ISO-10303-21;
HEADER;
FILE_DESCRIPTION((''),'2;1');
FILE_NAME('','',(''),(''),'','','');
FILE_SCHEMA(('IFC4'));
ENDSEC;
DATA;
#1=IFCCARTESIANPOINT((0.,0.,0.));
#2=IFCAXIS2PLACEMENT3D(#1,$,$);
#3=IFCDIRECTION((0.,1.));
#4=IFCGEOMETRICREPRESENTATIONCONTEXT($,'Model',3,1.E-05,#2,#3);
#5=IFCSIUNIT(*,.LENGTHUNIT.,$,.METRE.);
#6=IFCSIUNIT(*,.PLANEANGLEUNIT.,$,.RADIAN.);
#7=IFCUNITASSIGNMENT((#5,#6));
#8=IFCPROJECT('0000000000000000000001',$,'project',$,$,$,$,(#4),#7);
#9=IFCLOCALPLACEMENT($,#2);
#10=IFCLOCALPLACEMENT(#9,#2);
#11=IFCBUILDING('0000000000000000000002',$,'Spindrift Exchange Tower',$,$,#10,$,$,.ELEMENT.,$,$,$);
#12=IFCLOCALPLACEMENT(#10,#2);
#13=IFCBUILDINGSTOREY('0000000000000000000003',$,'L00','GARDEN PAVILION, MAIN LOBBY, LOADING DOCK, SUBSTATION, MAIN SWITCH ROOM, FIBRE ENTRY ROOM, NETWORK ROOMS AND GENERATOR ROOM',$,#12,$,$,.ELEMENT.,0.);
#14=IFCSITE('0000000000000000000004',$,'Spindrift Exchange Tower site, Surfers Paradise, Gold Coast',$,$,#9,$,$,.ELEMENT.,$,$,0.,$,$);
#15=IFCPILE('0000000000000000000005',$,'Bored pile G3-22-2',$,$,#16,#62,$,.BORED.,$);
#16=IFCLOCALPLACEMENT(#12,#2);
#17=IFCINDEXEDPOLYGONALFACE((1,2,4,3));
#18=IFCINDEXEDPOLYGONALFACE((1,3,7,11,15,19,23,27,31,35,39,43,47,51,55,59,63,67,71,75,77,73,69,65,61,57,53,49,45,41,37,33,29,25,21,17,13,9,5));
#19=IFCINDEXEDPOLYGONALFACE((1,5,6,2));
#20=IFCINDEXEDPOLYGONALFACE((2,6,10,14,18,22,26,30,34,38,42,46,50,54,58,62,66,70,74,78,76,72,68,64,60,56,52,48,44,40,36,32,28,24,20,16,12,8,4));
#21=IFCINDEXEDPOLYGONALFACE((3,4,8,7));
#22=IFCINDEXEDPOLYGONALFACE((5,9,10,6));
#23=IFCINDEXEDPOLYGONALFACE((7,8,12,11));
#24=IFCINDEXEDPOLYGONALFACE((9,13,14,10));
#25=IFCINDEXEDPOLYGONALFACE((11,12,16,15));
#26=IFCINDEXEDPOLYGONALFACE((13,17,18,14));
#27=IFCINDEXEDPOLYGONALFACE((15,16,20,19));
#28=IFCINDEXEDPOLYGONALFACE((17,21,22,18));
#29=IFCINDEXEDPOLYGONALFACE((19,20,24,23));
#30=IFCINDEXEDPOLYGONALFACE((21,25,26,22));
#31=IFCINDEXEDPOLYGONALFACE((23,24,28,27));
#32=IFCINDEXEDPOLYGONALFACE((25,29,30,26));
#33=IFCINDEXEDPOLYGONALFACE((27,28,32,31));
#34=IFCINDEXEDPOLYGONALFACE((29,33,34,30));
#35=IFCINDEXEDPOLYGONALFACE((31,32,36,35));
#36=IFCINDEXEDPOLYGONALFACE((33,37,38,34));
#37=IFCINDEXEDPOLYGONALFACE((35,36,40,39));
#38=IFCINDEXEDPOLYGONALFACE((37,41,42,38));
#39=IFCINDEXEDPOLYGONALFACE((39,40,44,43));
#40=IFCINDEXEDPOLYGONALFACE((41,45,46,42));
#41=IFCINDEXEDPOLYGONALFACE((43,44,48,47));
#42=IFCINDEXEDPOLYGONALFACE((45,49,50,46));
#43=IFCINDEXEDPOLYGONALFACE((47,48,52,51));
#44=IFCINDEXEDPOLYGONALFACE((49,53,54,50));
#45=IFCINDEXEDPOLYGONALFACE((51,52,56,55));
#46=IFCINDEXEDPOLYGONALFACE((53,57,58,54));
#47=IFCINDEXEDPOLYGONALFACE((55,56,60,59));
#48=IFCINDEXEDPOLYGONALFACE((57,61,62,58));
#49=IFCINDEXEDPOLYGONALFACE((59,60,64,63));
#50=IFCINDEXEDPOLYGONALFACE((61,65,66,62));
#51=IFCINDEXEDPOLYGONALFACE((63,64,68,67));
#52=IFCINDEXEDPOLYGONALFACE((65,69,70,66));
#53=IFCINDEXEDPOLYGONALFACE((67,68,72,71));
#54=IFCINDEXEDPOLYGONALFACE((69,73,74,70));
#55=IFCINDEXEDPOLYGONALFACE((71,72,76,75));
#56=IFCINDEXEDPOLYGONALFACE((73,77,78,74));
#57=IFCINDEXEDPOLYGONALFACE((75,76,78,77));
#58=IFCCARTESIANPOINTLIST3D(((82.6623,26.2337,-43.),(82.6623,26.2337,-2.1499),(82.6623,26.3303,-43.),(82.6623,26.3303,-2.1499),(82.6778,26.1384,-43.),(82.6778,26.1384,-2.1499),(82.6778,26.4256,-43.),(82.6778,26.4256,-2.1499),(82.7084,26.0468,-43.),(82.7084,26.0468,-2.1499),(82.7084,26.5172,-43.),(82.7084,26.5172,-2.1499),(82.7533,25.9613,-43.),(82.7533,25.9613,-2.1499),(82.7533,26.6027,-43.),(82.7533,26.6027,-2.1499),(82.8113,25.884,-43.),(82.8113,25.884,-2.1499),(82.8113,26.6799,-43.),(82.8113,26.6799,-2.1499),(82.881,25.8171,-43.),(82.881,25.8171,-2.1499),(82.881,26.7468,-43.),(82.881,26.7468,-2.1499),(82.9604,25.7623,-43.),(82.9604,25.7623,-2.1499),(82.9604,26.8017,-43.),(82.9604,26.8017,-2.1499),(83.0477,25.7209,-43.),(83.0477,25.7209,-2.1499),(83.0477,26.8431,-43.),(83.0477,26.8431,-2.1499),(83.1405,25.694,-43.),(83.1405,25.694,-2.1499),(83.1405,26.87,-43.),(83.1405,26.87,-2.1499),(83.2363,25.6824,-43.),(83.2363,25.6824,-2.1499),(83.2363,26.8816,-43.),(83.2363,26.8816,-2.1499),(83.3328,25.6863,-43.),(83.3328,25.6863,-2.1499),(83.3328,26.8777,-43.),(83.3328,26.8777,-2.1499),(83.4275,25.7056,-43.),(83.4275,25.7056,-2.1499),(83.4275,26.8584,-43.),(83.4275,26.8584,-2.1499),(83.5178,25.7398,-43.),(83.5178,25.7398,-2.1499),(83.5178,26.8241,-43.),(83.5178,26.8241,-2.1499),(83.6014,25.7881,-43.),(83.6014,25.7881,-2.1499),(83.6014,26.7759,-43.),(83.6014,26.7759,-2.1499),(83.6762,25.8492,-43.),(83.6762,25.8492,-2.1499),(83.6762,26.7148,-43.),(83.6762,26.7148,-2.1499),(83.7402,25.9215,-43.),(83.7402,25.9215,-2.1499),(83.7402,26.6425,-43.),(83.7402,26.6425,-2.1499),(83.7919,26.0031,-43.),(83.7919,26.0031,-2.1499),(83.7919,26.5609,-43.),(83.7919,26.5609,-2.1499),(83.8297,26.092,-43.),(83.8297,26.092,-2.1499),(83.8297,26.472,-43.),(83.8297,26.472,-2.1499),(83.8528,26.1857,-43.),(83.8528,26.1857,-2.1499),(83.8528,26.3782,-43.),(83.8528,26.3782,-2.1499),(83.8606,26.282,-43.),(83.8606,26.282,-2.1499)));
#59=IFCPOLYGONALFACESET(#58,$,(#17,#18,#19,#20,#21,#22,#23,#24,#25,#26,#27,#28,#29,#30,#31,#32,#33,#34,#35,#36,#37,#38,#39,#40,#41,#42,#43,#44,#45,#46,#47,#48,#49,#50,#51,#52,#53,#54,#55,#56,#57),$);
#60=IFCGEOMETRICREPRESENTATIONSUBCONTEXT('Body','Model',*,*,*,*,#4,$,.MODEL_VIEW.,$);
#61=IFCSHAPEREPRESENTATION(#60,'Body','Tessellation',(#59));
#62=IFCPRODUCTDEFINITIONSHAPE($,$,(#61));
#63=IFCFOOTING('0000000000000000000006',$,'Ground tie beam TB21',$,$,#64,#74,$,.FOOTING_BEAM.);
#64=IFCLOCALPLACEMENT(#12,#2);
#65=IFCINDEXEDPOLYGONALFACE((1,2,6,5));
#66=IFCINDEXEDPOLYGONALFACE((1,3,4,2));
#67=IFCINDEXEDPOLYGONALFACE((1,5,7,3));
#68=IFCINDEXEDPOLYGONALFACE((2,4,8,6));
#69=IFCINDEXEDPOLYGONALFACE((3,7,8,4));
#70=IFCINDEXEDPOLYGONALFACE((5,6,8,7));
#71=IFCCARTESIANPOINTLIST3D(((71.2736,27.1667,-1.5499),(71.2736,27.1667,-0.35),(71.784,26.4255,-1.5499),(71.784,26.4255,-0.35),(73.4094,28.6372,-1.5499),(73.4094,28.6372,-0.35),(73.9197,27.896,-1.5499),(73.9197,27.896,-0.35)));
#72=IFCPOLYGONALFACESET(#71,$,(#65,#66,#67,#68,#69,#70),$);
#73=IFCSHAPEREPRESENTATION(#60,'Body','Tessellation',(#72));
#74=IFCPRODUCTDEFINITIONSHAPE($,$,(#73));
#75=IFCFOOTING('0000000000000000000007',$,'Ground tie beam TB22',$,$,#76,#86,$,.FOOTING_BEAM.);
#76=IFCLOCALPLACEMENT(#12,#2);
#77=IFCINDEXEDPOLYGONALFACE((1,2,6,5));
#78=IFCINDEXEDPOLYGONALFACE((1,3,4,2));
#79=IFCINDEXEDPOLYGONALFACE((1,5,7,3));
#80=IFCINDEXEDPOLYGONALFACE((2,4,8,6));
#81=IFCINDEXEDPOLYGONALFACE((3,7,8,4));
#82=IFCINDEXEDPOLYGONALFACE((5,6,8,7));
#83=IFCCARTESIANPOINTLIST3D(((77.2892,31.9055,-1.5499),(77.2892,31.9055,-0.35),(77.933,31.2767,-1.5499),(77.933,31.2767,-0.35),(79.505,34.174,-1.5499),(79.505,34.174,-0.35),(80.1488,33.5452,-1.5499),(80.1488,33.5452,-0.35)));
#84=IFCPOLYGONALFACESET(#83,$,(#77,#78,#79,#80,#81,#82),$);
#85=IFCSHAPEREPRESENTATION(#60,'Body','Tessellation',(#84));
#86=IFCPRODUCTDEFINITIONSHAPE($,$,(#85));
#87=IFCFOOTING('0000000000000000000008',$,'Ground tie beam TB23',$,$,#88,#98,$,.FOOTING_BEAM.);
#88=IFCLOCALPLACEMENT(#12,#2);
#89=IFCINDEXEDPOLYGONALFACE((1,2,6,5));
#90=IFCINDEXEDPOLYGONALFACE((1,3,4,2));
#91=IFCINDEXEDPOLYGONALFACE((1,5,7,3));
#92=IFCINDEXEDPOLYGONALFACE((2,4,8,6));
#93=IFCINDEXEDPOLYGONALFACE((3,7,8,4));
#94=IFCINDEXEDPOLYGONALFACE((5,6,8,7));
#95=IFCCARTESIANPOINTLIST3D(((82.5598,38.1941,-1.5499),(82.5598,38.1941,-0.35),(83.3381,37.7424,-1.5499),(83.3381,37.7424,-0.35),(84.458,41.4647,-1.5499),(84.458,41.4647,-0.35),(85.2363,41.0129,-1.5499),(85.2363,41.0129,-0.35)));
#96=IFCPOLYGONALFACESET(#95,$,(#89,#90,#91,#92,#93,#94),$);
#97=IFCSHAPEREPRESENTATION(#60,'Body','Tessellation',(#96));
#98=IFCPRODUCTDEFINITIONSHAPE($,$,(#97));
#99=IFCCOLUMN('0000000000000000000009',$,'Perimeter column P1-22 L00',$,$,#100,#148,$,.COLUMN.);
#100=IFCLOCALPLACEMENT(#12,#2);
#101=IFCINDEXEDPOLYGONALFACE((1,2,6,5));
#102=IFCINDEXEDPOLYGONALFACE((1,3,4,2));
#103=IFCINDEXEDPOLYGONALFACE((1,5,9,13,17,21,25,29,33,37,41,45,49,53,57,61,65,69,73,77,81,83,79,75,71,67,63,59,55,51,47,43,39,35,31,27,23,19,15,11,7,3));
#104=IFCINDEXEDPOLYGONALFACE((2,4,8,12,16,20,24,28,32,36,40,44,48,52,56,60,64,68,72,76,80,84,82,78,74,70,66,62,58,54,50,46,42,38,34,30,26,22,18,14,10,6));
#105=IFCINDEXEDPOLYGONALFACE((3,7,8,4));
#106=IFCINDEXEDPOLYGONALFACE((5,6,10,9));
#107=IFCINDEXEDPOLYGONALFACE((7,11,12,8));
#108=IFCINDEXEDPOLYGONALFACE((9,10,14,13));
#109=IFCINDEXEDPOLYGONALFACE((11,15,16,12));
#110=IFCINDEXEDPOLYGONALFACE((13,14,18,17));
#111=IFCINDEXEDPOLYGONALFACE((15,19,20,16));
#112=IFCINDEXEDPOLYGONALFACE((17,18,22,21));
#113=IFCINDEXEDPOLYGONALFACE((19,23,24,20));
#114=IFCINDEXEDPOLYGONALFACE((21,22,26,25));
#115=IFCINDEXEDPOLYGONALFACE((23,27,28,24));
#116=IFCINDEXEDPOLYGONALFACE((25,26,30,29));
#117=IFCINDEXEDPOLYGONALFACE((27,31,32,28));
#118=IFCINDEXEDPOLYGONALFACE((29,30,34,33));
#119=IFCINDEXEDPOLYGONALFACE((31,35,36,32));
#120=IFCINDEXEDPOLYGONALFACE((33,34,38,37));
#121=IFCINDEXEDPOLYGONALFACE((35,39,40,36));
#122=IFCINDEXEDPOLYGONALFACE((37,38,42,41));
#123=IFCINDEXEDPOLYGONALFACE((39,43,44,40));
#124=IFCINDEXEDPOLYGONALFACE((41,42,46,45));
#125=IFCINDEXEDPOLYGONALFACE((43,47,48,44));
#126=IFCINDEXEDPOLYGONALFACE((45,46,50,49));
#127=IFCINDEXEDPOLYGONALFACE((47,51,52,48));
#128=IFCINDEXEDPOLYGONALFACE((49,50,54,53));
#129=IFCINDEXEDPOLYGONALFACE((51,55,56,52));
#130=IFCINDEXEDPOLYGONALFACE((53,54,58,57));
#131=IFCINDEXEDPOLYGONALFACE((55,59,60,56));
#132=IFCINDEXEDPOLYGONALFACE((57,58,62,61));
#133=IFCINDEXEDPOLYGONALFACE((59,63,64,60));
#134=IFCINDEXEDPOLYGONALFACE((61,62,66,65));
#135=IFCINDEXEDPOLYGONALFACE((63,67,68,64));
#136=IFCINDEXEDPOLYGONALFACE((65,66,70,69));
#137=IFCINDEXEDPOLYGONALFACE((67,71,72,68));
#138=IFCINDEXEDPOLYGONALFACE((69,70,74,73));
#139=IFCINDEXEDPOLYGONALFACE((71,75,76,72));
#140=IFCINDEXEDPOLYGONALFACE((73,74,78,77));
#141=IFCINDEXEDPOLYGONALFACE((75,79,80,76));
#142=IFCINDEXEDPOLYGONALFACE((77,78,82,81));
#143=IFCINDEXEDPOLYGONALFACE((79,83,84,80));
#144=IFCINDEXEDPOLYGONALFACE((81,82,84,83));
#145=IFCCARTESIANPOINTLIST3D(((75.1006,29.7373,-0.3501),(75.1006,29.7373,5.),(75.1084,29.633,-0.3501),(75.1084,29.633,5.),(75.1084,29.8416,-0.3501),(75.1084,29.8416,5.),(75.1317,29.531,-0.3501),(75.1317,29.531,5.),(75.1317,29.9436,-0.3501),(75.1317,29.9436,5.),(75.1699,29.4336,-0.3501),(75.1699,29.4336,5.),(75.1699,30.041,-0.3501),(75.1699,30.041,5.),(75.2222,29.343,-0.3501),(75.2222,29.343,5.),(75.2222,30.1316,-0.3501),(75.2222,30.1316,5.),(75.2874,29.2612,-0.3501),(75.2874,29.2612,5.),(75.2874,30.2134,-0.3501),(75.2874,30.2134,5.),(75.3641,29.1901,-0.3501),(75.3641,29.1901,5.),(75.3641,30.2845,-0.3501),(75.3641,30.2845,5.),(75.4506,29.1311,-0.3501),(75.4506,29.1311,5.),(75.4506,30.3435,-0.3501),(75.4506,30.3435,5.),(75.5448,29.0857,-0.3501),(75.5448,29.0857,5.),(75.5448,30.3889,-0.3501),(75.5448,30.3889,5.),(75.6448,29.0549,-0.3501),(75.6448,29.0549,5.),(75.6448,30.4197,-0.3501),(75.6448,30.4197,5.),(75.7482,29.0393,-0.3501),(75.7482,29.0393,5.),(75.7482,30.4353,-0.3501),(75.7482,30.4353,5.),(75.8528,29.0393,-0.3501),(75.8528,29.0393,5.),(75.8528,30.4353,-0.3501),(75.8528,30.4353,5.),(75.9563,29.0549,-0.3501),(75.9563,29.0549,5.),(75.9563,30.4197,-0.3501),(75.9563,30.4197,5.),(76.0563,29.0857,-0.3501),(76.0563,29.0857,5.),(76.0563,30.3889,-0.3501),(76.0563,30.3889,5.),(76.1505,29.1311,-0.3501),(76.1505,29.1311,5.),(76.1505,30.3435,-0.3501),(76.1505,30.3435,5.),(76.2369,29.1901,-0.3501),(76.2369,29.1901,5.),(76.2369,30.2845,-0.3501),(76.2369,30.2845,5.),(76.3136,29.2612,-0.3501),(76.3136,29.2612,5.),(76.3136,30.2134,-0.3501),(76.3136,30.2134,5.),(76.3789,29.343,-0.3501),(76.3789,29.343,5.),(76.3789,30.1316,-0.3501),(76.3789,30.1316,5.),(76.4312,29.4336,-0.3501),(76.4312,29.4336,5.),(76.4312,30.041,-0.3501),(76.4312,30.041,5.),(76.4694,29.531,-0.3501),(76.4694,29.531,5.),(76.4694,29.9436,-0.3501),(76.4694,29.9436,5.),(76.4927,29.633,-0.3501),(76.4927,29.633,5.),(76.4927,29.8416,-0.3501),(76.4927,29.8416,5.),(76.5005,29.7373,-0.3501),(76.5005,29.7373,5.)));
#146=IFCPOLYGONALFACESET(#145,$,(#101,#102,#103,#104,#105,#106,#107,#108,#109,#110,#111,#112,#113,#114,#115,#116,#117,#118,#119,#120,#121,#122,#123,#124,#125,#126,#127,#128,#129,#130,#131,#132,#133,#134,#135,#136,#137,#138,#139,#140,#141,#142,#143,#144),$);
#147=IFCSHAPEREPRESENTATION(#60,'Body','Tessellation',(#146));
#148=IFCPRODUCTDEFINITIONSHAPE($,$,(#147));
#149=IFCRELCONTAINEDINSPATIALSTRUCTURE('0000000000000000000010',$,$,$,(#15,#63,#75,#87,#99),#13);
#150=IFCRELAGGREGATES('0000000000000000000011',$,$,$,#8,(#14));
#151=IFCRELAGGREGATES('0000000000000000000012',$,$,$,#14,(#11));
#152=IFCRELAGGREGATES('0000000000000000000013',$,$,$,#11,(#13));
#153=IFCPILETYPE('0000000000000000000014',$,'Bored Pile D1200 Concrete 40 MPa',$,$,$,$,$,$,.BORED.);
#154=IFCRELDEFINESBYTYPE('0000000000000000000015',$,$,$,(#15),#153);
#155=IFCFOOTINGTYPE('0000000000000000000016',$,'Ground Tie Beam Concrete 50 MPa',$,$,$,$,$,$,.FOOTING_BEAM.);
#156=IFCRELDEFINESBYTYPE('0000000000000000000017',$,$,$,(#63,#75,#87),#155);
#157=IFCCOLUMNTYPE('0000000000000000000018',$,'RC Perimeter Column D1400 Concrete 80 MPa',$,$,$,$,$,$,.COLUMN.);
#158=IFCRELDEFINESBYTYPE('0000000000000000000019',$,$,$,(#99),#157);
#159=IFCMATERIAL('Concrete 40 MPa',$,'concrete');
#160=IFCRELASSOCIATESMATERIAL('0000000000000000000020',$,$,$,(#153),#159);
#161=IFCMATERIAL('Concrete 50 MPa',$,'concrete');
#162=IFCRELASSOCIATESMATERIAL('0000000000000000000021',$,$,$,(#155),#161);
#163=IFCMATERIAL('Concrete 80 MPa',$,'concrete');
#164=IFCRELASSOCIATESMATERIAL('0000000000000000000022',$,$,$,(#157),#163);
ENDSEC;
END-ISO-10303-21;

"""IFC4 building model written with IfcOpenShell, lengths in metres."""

from ifc_helpers import new_model, si_unit, direction, frame, origin, origin_2d, place, context, subcontext, project, spatial, rectangle, circle, extrude, source, transform, mapped, material, material_profile, profile_set, type_object, element, save


model = new_model("IFC4")

# Units and contexts
model_context = context("Model", 3, precision=1e-05, world=origin(), true_north=direction((0.0, 1.0)))
body_context = subcontext(model_context, "Body", "Model", "MODEL_VIEW")
ifc_project = project(units=[si_unit("LENGTHUNIT", "METRE"), si_unit("PLANEANGLEUNIT", "RADIAN")], contexts=[model_context])

# Site, building, storey
site_placement = place(None, origin())
site = spatial("IfcSite", under=ifc_project, at=site_placement, Name="Spindrift Exchange Tower site, Surfers Paradise, Gold Coast", CompositionType="ELEMENT", RefElevation=0.0)
building_placement = place(site_placement, origin())
building = spatial("IfcBuilding", under=site, at=building_placement, Name="Spindrift Exchange Tower", CompositionType="ELEMENT")
storey_placement = place(building_placement, origin())
storey = spatial("IfcBuildingStorey", under=building, at=storey_placement, Name="L00", Description="GARDEN PAVILION, MAIN LOBBY, LOADING DOCK, SUBSTATION, MAIN SWITCH ROOM, FIBRE ENTRY ROOM, NETWORK ROOMS AND GENERATOR ROOM", CompositionType="ELEMENT", Elevation=0.0)

# Pile
ifc_material_1 = material(Name="Concrete 40 MPa", Category="concrete")
ifc_material_profile_1 = material_profile(ifc_material_1, circle(Radius=0.6001, at=origin_2d()), Name="BP D1200")
ifc_profile_set_1 = profile_set([ifc_material_profile_1], Name="Concrete 40 MPa")
pile_type_1 = type_object("IfcPileType", Name="Bored Pile D1200 Concrete 40 MPa", PredefinedType="BORED", material=ifc_profile_set_1)
shared_shape_1 = source(origin(), body_context, "Body", "SweptSolid", [
    extrude(circle(Radius=0.6001, at=origin_2d()), origin(), (0.0, 0.0, 1.0), 40.8501),
])
for number, where, z_axis, x_axis, name in (
    (1, (83.2605, 26.282, -2.1499), (0.0, 0.0, -1.0), (1.0, 0.0, 0.0), "Bored pile G3-22-2"),
):
    element("IfcPile", number, at=place(storey_placement, frame(where, z_axis=z_axis, x_axis=x_axis)), inside=storey, type_object=pile_type_1, Name=name, PredefinedType="BORED", context=body_context, shape_type="MappedRepresentation", body=[
        mapped(shared_shape_1, transform((0.0, 0.0, 0.0), scale=1.0)),
    ])

# Footings
ifc_material_2 = material(Name="Concrete 50 MPa", Category="concrete")
ifc_material_profile_2 = material_profile(ifc_material_2, rectangle(XDim=0.8999, YDim=1.2, at=origin_2d()), Name="RC 900x1200")
ifc_profile_set_2 = profile_set([ifc_material_profile_2], Name="Concrete 50 MPa")
footing_type = type_object("IfcFootingType", Name="Ground Tie Beam Concrete 50 MPa", PredefinedType="FOOTING_BEAM", material=ifc_profile_set_2)
shared_shape_2 = source(origin(), body_context, "Body", "SweptSolid", [
    extrude(rectangle(XDim=0.8999, YDim=1.2, at=origin_2d()), origin(), (0.0, 0.0, 1.0), 2.593),
])
footing_1_placement = place(storey_placement, frame((71.5288, 26.7961, -0.95), z_axis=(0.823657, 0.567088, 0.0), x_axis=(-0.567088, 0.823657, 0.0)))
element("IfcFooting", 2, at=footing_1_placement, inside=storey, type_object=footing_type, Name="Ground tie beam TB21", PredefinedType="FOOTING_BEAM", context=body_context, shape_type="MappedRepresentation", body=[
    mapped(shared_shape_2, transform((0.0, 0.0, 0.0), scale=1.0)),
])
shared_shape_3 = source(origin(), body_context, "Body", "SweptSolid", [
    extrude(rectangle(XDim=0.8999, YDim=1.2, at=origin_2d()), origin(), (0.0, 0.0, 1.0), 3.1711),
])
footing_2_placement = place(storey_placement, frame((77.6111, 31.5911, -0.95), z_axis=(0.698743, 0.715373, 0.0), x_axis=(-0.715373, 0.698743, 0.0)))
element("IfcFooting", 3, at=footing_2_placement, inside=storey, type_object=footing_type, Name="Ground tie beam TB22", PredefinedType="FOOTING_BEAM", context=body_context, shape_type="MappedRepresentation", body=[
    mapped(shared_shape_3, transform((0.0, 0.0, 0.0), scale=1.0)),
])
shared_shape_4 = source(origin(), body_context, "Body", "SweptSolid", [
    extrude(rectangle(XDim=0.8999, YDim=1.2, at=origin_2d()), origin(), (0.0, 0.0, 1.0), 3.7815),
])
footing_3_placement = place(storey_placement, frame((82.949, 37.9683, -0.95), z_axis=(0.501975, 0.864882, 0.0), x_axis=(-0.864882, 0.501975, 0.0)))
element("IfcFooting", 4, at=footing_3_placement, inside=storey, type_object=footing_type, Name="Ground tie beam TB23", PredefinedType="FOOTING_BEAM", context=body_context, shape_type="MappedRepresentation", body=[
    mapped(shared_shape_4, transform((0.0, 0.0, 0.0), scale=1.0)),
])

# Column
ifc_material_3 = material(Name="Concrete 80 MPa", Category="concrete")
ifc_material_profile_3 = material_profile(ifc_material_3, circle(Radius=0.7, at=origin_2d()), Name="RC D1400")
ifc_profile_set_3 = profile_set([ifc_material_profile_3], Name="Concrete 80 MPa")
column_type_1 = type_object("IfcColumnType", Name="RC Perimeter Column D1400 Concrete 80 MPa", PredefinedType="COLUMN", material=ifc_profile_set_3)
shared_shape_5 = source(origin(), body_context, "Body", "SweptSolid", [
    extrude(circle(Radius=0.7, at=origin_2d()), origin(), (0.0, 0.0, 1.0), 5.3501),
])
for number, where, z_axis, x_axis, name in (
    (5, (75.8005, 29.7373, -0.3501), (0.0, 0.0, 1.0), (1.0, 0.0, 0.0), "Perimeter column P1-22 L00"),
):
    element("IfcColumn", number, at=place(storey_placement, frame(where, z_axis=z_axis, x_axis=x_axis)), inside=storey, type_object=column_type_1, Name=name, PredefinedType="COLUMN", context=body_context, shape_type="MappedRepresentation", body=[
        mapped(shared_shape_5, transform((0.0, 0.0, 0.0), scale=1.0)),
    ])

save(model, "model.ifc")
